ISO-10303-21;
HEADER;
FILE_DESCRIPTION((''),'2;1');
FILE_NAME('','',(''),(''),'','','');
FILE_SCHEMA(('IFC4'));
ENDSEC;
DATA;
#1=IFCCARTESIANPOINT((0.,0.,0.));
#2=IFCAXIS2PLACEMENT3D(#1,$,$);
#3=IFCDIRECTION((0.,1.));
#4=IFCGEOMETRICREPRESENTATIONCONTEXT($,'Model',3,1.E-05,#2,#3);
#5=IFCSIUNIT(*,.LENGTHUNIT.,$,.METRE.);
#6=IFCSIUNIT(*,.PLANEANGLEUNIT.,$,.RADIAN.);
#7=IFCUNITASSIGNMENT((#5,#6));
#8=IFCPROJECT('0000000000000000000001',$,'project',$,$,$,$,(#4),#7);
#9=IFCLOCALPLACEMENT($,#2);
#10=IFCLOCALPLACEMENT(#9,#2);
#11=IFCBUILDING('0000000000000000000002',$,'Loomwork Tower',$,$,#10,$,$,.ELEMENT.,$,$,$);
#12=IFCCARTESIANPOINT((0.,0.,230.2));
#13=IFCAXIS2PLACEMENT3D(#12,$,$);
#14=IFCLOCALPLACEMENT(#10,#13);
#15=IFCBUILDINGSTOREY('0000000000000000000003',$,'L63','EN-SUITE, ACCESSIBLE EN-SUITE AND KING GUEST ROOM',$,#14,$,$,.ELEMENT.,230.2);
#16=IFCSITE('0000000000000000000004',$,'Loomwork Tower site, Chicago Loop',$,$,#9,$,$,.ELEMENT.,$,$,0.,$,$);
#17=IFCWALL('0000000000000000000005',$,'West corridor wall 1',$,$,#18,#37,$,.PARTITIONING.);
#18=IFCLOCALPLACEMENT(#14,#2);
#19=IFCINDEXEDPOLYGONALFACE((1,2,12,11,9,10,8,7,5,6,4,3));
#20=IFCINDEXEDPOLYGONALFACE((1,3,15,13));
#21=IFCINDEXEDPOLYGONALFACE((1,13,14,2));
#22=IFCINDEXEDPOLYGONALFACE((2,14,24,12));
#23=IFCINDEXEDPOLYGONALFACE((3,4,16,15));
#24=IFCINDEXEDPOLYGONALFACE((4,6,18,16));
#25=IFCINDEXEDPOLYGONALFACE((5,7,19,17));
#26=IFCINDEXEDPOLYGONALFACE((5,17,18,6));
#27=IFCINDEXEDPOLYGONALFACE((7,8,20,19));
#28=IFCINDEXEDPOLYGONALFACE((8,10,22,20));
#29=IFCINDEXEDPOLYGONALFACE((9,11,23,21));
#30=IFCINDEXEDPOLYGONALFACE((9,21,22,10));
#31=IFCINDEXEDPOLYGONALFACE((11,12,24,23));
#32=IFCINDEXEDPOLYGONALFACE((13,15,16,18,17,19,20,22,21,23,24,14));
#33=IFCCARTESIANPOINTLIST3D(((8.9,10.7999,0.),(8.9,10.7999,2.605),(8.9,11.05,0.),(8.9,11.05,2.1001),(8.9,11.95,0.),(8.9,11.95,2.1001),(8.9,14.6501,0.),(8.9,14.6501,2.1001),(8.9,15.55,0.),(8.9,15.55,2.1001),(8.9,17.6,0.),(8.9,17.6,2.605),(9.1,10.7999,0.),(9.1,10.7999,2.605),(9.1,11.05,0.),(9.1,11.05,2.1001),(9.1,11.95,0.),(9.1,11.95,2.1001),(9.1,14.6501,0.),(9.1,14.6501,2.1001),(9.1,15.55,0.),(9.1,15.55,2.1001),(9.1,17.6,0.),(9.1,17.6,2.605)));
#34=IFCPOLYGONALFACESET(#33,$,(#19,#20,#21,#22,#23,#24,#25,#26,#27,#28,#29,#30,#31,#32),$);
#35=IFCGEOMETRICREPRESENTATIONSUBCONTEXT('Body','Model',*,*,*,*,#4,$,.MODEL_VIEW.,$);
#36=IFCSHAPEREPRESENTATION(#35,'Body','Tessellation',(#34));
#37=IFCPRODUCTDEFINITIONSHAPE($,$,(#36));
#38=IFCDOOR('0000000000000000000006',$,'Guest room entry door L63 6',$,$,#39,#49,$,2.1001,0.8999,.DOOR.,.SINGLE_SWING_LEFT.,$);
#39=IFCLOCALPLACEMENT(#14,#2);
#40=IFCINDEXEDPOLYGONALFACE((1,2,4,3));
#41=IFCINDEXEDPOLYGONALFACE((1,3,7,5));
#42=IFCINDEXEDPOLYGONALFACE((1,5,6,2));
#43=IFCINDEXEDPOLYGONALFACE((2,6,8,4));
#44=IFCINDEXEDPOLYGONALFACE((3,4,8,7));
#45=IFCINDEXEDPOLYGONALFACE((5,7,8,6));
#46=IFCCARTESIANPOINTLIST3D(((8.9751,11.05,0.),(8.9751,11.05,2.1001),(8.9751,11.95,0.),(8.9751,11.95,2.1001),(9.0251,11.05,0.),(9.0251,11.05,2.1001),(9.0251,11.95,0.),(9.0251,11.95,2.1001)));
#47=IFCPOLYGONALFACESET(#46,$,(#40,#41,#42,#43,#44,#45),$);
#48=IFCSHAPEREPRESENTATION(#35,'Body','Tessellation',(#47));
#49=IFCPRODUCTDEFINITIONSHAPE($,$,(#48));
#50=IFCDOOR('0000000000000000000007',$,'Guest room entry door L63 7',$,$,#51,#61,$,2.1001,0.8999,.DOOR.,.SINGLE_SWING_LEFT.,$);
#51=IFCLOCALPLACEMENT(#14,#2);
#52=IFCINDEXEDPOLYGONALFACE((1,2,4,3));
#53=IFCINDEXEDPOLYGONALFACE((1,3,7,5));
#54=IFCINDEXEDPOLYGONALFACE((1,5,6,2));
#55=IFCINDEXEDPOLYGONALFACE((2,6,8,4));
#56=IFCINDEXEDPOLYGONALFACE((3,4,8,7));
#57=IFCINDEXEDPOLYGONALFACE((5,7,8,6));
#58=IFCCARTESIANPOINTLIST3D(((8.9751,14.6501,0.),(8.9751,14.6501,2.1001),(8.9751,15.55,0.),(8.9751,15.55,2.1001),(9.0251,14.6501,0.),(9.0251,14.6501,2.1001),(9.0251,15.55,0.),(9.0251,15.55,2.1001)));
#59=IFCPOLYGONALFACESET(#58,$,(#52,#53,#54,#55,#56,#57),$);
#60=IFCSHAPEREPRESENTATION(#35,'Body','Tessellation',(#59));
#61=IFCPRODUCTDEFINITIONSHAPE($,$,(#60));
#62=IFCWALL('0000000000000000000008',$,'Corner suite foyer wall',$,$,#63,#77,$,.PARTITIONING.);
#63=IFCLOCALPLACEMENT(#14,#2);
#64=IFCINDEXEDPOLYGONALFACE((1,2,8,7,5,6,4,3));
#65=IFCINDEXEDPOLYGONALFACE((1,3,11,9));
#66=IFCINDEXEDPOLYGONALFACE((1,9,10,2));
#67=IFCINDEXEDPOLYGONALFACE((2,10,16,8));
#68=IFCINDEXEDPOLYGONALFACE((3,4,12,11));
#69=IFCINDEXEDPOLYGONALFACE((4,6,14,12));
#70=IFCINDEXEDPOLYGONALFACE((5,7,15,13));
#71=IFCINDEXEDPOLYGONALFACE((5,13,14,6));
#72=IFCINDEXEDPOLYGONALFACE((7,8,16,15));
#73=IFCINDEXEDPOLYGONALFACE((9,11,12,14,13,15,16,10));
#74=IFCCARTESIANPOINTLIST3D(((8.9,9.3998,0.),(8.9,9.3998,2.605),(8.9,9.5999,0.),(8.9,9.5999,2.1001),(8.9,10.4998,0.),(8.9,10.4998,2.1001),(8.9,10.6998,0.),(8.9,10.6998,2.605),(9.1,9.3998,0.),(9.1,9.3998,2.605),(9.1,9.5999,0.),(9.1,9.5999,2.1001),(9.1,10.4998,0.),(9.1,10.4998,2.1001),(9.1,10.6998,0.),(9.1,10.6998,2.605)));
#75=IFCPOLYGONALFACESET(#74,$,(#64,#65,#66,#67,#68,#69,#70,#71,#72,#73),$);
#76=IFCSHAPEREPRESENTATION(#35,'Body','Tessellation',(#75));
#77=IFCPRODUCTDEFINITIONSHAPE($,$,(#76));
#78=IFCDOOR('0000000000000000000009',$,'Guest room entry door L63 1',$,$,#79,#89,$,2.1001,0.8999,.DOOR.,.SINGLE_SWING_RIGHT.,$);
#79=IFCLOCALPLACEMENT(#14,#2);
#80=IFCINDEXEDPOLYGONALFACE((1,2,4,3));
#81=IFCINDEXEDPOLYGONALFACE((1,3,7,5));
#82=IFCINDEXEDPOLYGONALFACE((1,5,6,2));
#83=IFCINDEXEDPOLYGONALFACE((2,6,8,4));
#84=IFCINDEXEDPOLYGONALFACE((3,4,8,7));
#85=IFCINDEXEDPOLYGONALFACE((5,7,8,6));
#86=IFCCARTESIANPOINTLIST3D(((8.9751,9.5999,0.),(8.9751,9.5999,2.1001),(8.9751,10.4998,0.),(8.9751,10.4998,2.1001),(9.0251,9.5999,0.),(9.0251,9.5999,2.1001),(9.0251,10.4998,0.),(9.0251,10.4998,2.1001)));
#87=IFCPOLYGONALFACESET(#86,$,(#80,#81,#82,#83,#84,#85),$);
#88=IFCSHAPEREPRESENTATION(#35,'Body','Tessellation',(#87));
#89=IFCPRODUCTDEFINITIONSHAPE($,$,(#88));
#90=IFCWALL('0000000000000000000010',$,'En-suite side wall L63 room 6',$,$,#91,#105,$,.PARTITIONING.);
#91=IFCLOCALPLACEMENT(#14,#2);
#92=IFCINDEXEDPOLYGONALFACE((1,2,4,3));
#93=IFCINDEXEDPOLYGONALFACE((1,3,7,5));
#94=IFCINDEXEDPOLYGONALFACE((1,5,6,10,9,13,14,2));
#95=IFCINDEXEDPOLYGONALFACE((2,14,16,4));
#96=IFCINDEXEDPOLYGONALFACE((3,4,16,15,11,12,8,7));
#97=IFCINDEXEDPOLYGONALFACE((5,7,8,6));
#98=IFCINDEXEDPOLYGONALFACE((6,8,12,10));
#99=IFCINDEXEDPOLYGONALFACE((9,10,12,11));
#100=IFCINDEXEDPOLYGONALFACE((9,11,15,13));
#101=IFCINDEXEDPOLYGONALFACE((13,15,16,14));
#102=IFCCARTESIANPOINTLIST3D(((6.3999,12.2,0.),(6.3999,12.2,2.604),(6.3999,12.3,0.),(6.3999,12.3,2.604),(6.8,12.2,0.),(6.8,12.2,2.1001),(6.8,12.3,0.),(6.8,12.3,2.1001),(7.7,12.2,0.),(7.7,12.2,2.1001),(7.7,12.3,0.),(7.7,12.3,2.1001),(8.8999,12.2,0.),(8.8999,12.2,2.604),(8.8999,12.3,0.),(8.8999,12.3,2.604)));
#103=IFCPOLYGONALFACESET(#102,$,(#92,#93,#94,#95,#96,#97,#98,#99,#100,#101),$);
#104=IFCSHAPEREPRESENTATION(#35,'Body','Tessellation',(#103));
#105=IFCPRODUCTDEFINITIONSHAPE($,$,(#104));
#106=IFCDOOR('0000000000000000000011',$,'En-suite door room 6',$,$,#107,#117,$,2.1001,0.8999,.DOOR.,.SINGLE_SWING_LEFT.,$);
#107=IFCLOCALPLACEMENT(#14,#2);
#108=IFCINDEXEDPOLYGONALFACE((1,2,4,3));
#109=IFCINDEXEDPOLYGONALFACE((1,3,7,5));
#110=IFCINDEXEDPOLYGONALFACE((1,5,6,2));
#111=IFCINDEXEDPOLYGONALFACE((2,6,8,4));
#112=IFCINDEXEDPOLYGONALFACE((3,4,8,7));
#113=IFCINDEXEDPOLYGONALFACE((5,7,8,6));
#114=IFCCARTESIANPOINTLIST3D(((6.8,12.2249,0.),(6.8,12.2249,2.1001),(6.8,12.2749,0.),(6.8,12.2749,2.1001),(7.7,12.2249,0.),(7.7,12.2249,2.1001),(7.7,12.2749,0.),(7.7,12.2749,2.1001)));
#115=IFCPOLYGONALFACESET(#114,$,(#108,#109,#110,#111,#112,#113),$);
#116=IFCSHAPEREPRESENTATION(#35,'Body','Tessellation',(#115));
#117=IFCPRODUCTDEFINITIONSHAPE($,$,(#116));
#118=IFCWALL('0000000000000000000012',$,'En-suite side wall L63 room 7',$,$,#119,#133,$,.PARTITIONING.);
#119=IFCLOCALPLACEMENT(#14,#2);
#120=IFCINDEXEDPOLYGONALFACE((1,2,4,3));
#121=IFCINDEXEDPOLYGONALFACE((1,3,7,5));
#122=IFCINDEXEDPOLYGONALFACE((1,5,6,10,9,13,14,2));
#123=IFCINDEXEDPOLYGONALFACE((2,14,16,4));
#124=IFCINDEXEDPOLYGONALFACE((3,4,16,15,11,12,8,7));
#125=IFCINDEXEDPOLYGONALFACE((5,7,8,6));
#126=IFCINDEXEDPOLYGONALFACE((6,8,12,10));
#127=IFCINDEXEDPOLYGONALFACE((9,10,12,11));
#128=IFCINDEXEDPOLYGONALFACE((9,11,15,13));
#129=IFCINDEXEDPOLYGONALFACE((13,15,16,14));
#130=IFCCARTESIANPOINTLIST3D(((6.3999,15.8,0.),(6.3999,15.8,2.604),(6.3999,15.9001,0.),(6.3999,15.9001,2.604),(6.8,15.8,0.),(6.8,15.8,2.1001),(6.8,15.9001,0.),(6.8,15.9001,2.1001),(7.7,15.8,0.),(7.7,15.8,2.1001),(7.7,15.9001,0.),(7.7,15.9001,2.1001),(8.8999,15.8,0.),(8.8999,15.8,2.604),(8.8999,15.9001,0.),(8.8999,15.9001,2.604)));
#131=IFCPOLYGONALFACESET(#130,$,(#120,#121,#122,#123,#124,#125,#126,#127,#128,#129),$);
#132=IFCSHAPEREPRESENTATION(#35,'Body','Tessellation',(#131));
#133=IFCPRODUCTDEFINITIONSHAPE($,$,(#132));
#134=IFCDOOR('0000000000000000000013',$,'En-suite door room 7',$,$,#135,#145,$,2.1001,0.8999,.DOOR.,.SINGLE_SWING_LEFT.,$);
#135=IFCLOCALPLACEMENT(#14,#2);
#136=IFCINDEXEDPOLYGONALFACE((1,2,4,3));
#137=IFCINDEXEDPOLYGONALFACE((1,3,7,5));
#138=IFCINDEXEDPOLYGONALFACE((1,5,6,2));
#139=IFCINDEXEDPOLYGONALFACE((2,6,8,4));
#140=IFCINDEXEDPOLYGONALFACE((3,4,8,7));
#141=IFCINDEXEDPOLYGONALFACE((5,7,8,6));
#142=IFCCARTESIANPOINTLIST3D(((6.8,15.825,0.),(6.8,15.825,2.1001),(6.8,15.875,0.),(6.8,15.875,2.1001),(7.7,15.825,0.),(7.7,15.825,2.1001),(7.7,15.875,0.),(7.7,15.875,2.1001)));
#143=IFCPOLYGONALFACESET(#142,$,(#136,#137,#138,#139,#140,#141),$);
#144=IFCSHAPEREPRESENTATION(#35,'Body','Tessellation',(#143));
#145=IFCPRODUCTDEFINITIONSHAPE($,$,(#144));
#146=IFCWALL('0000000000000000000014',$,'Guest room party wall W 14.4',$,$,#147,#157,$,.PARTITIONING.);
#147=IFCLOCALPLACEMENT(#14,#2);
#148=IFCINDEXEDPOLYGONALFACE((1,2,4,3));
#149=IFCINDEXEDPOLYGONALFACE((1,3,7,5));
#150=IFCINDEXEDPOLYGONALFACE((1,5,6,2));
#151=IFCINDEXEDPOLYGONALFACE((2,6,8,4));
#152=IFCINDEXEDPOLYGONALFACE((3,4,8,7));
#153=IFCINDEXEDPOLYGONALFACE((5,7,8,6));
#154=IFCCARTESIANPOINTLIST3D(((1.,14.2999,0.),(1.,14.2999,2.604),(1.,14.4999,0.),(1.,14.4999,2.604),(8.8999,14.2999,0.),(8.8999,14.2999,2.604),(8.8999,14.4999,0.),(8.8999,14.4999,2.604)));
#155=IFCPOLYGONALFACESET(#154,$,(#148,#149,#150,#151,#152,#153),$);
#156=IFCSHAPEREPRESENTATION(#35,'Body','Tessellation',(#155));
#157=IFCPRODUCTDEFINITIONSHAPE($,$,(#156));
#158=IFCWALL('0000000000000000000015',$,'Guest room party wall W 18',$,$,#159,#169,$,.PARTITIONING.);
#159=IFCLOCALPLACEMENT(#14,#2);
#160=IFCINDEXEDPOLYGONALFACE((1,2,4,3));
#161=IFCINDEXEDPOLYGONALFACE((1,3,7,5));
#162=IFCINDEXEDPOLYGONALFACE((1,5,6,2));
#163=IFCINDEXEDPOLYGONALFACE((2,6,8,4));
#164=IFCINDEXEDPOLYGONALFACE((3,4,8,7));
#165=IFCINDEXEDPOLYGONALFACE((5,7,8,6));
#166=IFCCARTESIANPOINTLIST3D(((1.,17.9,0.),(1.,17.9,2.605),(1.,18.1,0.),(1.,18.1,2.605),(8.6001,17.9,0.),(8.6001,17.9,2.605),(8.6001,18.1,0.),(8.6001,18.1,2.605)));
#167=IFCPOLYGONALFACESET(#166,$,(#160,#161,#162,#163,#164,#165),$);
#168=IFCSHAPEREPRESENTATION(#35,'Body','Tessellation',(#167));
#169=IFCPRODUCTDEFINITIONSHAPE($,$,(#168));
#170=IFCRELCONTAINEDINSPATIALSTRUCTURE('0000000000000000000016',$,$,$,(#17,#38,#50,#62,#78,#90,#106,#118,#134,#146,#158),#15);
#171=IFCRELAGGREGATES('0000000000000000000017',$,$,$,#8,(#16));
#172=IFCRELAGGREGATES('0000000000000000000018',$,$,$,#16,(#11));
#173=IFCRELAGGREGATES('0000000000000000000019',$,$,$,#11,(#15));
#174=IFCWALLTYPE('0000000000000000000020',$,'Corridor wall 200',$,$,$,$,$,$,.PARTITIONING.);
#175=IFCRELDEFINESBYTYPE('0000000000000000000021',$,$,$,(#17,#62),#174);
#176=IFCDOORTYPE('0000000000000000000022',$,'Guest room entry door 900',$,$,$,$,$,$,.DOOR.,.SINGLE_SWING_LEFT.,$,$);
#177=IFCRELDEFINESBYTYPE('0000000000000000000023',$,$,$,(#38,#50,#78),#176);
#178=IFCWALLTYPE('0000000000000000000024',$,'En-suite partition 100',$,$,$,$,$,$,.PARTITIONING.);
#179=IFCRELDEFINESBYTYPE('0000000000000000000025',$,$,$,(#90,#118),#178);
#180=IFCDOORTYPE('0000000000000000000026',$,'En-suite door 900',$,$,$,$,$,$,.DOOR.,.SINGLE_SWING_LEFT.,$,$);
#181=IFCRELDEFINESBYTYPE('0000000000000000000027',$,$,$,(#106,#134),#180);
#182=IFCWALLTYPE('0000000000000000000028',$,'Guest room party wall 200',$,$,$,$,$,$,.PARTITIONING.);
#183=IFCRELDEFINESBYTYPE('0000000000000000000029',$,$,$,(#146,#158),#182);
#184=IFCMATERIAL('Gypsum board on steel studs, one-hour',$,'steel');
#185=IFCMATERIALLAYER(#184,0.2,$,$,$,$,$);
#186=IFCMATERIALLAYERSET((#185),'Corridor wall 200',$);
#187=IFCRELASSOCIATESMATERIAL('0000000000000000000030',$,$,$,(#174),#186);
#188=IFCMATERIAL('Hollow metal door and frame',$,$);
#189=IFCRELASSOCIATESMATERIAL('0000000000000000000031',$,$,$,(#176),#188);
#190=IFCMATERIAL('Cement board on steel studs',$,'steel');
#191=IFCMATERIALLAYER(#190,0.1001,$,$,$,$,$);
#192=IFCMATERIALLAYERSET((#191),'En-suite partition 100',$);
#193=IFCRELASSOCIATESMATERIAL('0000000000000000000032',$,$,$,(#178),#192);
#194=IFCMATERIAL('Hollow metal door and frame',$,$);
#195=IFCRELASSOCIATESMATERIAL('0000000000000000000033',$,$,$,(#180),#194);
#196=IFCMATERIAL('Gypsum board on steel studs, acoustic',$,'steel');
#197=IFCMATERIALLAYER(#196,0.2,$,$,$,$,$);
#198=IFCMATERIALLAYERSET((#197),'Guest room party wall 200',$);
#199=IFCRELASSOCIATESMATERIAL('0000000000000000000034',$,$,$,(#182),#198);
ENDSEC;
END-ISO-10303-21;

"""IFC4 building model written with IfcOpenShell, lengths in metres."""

from ifc_helpers import new_model, si_unit, direction, frame, frame_2d, origin, place, context, subcontext, project, spatial, rectangle, extrude, material, layer, layer_set, type_object, element, fill, save


model = new_model("IFC4")

# Units and contexts
model_context = context("Model", 3, precision=1e-05, world=origin(), true_north=direction((0.0, 1.0)))
body_context = subcontext(model_context, "Body", "Model", "MODEL_VIEW")
ifc_project = project(units=[si_unit("LENGTHUNIT", "METRE"), si_unit("PLANEANGLEUNIT", "RADIAN")], contexts=[model_context])

# Site, building, storey
site_placement = place(None, origin())
site = spatial("IfcSite", under=ifc_project, at=site_placement, Name="Loomwork Tower site, Chicago Loop", CompositionType="ELEMENT", RefElevation=0.0)
building_placement = place(site_placement, origin())
building = spatial("IfcBuilding", under=site, at=building_placement, Name="Loomwork Tower", CompositionType="ELEMENT")
storey_placement = place(building_placement, frame((0.0, 0.0, 230.2)))
storey = spatial("IfcBuildingStorey", under=building, at=storey_placement, Name="L63", Description="EN-SUITE, ACCESSIBLE EN-SUITE AND KING GUEST ROOM", CompositionType="ELEMENT", Elevation=230.2)

# Wall, openings, doors
ifc_material_1 = material(Name="Gypsum board on steel studs, one-hour", Category="steel")
ifc_layer_1 = layer(ifc_material_1, 0.2)
ifc_layer_set_1 = layer_set([ifc_layer_1], Name="Corridor wall 200")
wall_type_1 = type_object("IfcWallType", Name="Corridor wall 200", PredefinedType="PARTITIONING", material=ifc_layer_set_1)
wall_1_placement = place(storey_placement, frame((9.0, 10.8, 0.0), z_axis=(0.0, 0.0, 1.0), x_axis=(0.0, 1.0, 0.0)))
wall_1 = element("IfcWall", 1, at=wall_1_placement, inside=storey, type_object=wall_type_1, Name="West corridor wall 1", PredefinedType="PARTITIONING", context=body_context, shape_type="SweptSolid", body=[
    extrude(rectangle(XDim=6.8, YDim=0.2, at=frame_2d((3.3999, 0.0))), origin(), (0.0, 0.0, 1.0), 2.605),
])
opening_1_placement = place(wall_1_placement, frame((0.25, 0.0, 0.0)))
opening_1 = element("IfcOpeningElement", 2, at=opening_1_placement, cuts=wall_1, PredefinedType="OPENING", context=body_context, shape_type="SweptSolid", body=[
    extrude(rectangle(XDim=0.8999, YDim=2.1001, at=frame_2d((0.45, 1.05))), frame((0.0, 0.1099, 0.0), z_axis=(0.0, -1.0, 0.0), x_axis=(1.0, 0.0, 0.0)), (0.0, 0.0, 1.0), 0.22),
])
opening_2_placement = place(wall_1_placement, frame((3.8501, 0.0, 0.0)))
opening_2 = element("IfcOpeningElement", 3, at=opening_2_placement, cuts=wall_1, PredefinedType="OPENING", context=body_context, shape_type="SweptSolid", body=[
    extrude(rectangle(XDim=0.8999, YDim=2.1001, at=frame_2d((0.45, 1.05))), frame((0.0, 0.1099, 0.0), z_axis=(0.0, -1.0, 0.0), x_axis=(1.0, 0.0, 0.0)), (0.0, 0.0, 1.0), 0.22),
])
ifc_material_2 = material(Name="Hollow metal door and frame")
door_type_1 = type_object("IfcDoorType", Name="Guest room entry door 900", OperationType="SINGLE_SWING_LEFT", PredefinedType="DOOR", material=ifc_material_2)
door_1_placement = place(opening_1_placement, origin())
door_1 = element("IfcDoor", 4, at=door_1_placement, inside=storey, type_object=door_type_1, Name="Guest room entry door L63 6", OperationType="SINGLE_SWING_LEFT", OverallHeight=2.1001, OverallWidth=0.8999, PredefinedType="DOOR", context=body_context, shape_type="SweptSolid", body=[
    extrude(rectangle(XDim=0.8999, YDim=2.1001, at=frame_2d((0.45, 1.05))), frame((0.0, 0.0249, 0.0), z_axis=(0.0, -1.0, 0.0), x_axis=(1.0, 0.0, 0.0)), (0.0, 0.0, 1.0), 0.05),
])
fill(opening_1, door_1)
door_2_placement = place(opening_2_placement, origin())
door_2 = element("IfcDoor", 5, at=door_2_placement, inside=storey, type_object=door_type_1, Name="Guest room entry door L63 7", OperationType="SINGLE_SWING_LEFT", OverallHeight=2.1001, OverallWidth=0.8999, PredefinedType="DOOR", context=body_context, shape_type="SweptSolid", body=[
    extrude(rectangle(XDim=0.8999, YDim=2.1001, at=frame_2d((0.45, 1.05))), frame((0.0, 0.0249, 0.0), z_axis=(0.0, -1.0, 0.0), x_axis=(1.0, 0.0, 0.0)), (0.0, 0.0, 1.0), 0.05),
])
fill(opening_2, door_2)

# Walls, openings, doors
wall_2_placement = place(storey_placement, frame((9.0, 9.3999, 0.0), z_axis=(0.0, 0.0, 1.0), x_axis=(0.0, 1.0, 0.0)))
wall_2 = element("IfcWall", 6, at=wall_2_placement, inside=storey, type_object=wall_type_1, Name="Corner suite foyer wall", PredefinedType="PARTITIONING", context=body_context, shape_type="SweptSolid", body=[
    extrude(rectangle(XDim=1.3, YDim=0.2, at=frame_2d((0.6499, 0.0))), origin(), (0.0, 0.0, 1.0), 2.605),
])
opening_3_placement = place(wall_2_placement, frame((0.2, 0.0, 0.0)))
opening_3 = element("IfcOpeningElement", 7, at=opening_3_placement, cuts=wall_2, PredefinedType="OPENING", context=body_context, shape_type="SweptSolid", body=[
    extrude(rectangle(XDim=0.8999, YDim=2.1001, at=frame_2d((0.45, 1.05))), frame((0.0, 0.1099, 0.0), z_axis=(0.0, -1.0, 0.0), x_axis=(1.0, 0.0, 0.0)), (0.0, 0.0, 1.0), 0.22),
])
door_3_placement = place(opening_3_placement, origin())
door_3 = element("IfcDoor", 8, at=door_3_placement, inside=storey, type_object=door_type_1, Name="Guest room entry door L63 1", OperationType="SINGLE_SWING_RIGHT", OverallHeight=2.1001, OverallWidth=0.8999, PredefinedType="DOOR", context=body_context, shape_type="SweptSolid", body=[
    extrude(rectangle(XDim=0.8999, YDim=2.1001, at=frame_2d((0.45, 1.05))), frame((0.0, 0.0249, 0.0), z_axis=(0.0, -1.0, 0.0), x_axis=(1.0, 0.0, 0.0)), (0.0, 0.0, 1.0), 0.05),
])
fill(opening_3, door_3)
ifc_material_3 = material(Name="Cement board on steel studs", Category="steel")
ifc_layer_2 = layer(ifc_material_3, 0.1001)
ifc_layer_set_2 = layer_set([ifc_layer_2], Name="En-suite partition 100")
wall_type_2 = type_object("IfcWallType", Name="En-suite partition 100", PredefinedType="PARTITIONING", material=ifc_layer_set_2)
wall_3_placement = place(storey_placement, frame((8.8999, 12.25, 0.0), z_axis=(0.0, 0.0, 1.0), x_axis=(-1.0, 0.0, 0.0)))
wall_3 = element("IfcWall", 9, at=wall_3_placement, inside=storey, type_object=wall_type_2, Name="En-suite side wall L63 room 6", PredefinedType="PARTITIONING", context=body_context, shape_type="SweptSolid", body=[
    extrude(rectangle(XDim=2.5, YDim=0.1001, at=frame_2d((1.25, 0.0))), origin(), (0.0, 0.0, 1.0), 2.604),
])
opening_4_placement = place(wall_3_placement, frame((1.2, 0.0, 0.0)))
opening_4 = element("IfcOpeningElement", 10, at=opening_4_placement, cuts=wall_3, PredefinedType="OPENING", context=body_context, shape_type="SweptSolid", body=[
    extrude(rectangle(XDim=0.8999, YDim=2.1001, at=frame_2d((0.45, 1.05))), frame((0.0, 0.0601, 0.0), z_axis=(0.0, -1.0, 0.0), x_axis=(1.0, 0.0, 0.0)), (0.0, 0.0, 1.0), 0.1201),
])
ifc_material_4 = material(Name="Hollow metal door and frame")
door_type_2 = type_object("IfcDoorType", Name="En-suite door 900", OperationType="SINGLE_SWING_LEFT", PredefinedType="DOOR", material=ifc_material_4)
door_4_placement = place(opening_4_placement, frame((0.8999, 0.0, 0.0), z_axis=(0.0, 0.0, 1.0), x_axis=(-1.0, 0.0, 0.0)))
door_4 = element("IfcDoor", 11, at=door_4_placement, inside=storey, type_object=door_type_2, Name="En-suite door room 6", OperationType="SINGLE_SWING_LEFT", OverallHeight=2.1001, OverallWidth=0.8999, PredefinedType="DOOR", context=body_context, shape_type="SweptSolid", body=[
    extrude(rectangle(XDim=0.8999, YDim=2.1001, at=frame_2d((0.45, 1.05))), frame((0.0, 0.0249, 0.0), z_axis=(0.0, -1.0, 0.0), x_axis=(1.0, 0.0, 0.0)), (0.0, 0.0, 1.0), 0.05),
])
fill(opening_4, door_4)
wall_4_placement = place(storey_placement, frame((8.8999, 15.8501, 0.0), z_axis=(0.0, 0.0, 1.0), x_axis=(-1.0, 0.0, 0.0)))
wall_4 = element("IfcWall", 12, at=wall_4_placement, inside=storey, type_object=wall_type_2, Name="En-suite side wall L63 room 7", PredefinedType="PARTITIONING", context=body_context, shape_type="SweptSolid", body=[
    extrude(rectangle(XDim=2.5, YDim=0.1001, at=frame_2d((1.25, 0.0))), origin(), (0.0, 0.0, 1.0), 2.604),
])
opening_5_placement = place(wall_4_placement, frame((1.2, 0.0, 0.0)))
opening_5 = element("IfcOpeningElement", 13, at=opening_5_placement, cuts=wall_4, PredefinedType="OPENING", context=body_context, shape_type="SweptSolid", body=[
    extrude(rectangle(XDim=0.8999, YDim=2.1001, at=frame_2d((0.45, 1.05))), frame((0.0, 0.0601, 0.0), z_axis=(0.0, -1.0, 0.0), x_axis=(1.0, 0.0, 0.0)), (0.0, 0.0, 1.0), 0.1201),
])
door_5_placement = place(opening_5_placement, frame((0.8999, 0.0, 0.0), z_axis=(0.0, 0.0, 1.0), x_axis=(-1.0, 0.0, 0.0)))
door_5 = element("IfcDoor", 14, at=door_5_placement, inside=storey, type_object=door_type_2, Name="En-suite door room 7", OperationType="SINGLE_SWING_LEFT", OverallHeight=2.1001, OverallWidth=0.8999, PredefinedType="DOOR", context=body_context, shape_type="SweptSolid", body=[
    extrude(rectangle(XDim=0.8999, YDim=2.1001, at=frame_2d((0.45, 1.05))), frame((0.0, 0.0249, 0.0), z_axis=(0.0, -1.0, 0.0), x_axis=(1.0, 0.0, 0.0)), (0.0, 0.0, 1.0), 0.05),
])
fill(opening_5, door_5)

# Walls
ifc_material_5 = material(Name="Gypsum board on steel studs, acoustic", Category="steel")
ifc_layer_3 = layer(ifc_material_5, 0.2)
ifc_layer_set_3 = layer_set([ifc_layer_3], Name="Guest room party wall 200")
wall_type_3 = type_object("IfcWallType", Name="Guest room party wall 200", PredefinedType="PARTITIONING", material=ifc_layer_set_3)
wall_5_placement = place(storey_placement, frame((8.8999, 14.3999, 0.0), z_axis=(0.0, 0.0, 1.0), x_axis=(-1.0, 0.0, 0.0)))
element("IfcWall", 15, at=wall_5_placement, inside=storey, type_object=wall_type_3, Name="Guest room party wall W 14.4", PredefinedType="PARTITIONING", context=body_context, shape_type="SweptSolid", body=[
    extrude(rectangle(XDim=7.8999, YDim=0.2, at=frame_2d((3.95, 0.0))), origin(), (0.0, 0.0, 1.0), 2.604),
])
wall_6_placement = place(storey_placement, frame((8.6001, 18.0, 0.0), z_axis=(0.0, 0.0, 1.0), x_axis=(-1.0, 0.0, 0.0)))
element("IfcWall", 16, at=wall_6_placement, inside=storey, type_object=wall_type_3, Name="Guest room party wall W 18", PredefinedType="PARTITIONING", context=body_context, shape_type="SweptSolid", body=[
    extrude(rectangle(XDim=7.6001, YDim=0.2, at=frame_2d((3.8, 0.0))), origin(), (0.0, 0.0, 1.0), 2.605),
])

save(model, "model.ifc")
